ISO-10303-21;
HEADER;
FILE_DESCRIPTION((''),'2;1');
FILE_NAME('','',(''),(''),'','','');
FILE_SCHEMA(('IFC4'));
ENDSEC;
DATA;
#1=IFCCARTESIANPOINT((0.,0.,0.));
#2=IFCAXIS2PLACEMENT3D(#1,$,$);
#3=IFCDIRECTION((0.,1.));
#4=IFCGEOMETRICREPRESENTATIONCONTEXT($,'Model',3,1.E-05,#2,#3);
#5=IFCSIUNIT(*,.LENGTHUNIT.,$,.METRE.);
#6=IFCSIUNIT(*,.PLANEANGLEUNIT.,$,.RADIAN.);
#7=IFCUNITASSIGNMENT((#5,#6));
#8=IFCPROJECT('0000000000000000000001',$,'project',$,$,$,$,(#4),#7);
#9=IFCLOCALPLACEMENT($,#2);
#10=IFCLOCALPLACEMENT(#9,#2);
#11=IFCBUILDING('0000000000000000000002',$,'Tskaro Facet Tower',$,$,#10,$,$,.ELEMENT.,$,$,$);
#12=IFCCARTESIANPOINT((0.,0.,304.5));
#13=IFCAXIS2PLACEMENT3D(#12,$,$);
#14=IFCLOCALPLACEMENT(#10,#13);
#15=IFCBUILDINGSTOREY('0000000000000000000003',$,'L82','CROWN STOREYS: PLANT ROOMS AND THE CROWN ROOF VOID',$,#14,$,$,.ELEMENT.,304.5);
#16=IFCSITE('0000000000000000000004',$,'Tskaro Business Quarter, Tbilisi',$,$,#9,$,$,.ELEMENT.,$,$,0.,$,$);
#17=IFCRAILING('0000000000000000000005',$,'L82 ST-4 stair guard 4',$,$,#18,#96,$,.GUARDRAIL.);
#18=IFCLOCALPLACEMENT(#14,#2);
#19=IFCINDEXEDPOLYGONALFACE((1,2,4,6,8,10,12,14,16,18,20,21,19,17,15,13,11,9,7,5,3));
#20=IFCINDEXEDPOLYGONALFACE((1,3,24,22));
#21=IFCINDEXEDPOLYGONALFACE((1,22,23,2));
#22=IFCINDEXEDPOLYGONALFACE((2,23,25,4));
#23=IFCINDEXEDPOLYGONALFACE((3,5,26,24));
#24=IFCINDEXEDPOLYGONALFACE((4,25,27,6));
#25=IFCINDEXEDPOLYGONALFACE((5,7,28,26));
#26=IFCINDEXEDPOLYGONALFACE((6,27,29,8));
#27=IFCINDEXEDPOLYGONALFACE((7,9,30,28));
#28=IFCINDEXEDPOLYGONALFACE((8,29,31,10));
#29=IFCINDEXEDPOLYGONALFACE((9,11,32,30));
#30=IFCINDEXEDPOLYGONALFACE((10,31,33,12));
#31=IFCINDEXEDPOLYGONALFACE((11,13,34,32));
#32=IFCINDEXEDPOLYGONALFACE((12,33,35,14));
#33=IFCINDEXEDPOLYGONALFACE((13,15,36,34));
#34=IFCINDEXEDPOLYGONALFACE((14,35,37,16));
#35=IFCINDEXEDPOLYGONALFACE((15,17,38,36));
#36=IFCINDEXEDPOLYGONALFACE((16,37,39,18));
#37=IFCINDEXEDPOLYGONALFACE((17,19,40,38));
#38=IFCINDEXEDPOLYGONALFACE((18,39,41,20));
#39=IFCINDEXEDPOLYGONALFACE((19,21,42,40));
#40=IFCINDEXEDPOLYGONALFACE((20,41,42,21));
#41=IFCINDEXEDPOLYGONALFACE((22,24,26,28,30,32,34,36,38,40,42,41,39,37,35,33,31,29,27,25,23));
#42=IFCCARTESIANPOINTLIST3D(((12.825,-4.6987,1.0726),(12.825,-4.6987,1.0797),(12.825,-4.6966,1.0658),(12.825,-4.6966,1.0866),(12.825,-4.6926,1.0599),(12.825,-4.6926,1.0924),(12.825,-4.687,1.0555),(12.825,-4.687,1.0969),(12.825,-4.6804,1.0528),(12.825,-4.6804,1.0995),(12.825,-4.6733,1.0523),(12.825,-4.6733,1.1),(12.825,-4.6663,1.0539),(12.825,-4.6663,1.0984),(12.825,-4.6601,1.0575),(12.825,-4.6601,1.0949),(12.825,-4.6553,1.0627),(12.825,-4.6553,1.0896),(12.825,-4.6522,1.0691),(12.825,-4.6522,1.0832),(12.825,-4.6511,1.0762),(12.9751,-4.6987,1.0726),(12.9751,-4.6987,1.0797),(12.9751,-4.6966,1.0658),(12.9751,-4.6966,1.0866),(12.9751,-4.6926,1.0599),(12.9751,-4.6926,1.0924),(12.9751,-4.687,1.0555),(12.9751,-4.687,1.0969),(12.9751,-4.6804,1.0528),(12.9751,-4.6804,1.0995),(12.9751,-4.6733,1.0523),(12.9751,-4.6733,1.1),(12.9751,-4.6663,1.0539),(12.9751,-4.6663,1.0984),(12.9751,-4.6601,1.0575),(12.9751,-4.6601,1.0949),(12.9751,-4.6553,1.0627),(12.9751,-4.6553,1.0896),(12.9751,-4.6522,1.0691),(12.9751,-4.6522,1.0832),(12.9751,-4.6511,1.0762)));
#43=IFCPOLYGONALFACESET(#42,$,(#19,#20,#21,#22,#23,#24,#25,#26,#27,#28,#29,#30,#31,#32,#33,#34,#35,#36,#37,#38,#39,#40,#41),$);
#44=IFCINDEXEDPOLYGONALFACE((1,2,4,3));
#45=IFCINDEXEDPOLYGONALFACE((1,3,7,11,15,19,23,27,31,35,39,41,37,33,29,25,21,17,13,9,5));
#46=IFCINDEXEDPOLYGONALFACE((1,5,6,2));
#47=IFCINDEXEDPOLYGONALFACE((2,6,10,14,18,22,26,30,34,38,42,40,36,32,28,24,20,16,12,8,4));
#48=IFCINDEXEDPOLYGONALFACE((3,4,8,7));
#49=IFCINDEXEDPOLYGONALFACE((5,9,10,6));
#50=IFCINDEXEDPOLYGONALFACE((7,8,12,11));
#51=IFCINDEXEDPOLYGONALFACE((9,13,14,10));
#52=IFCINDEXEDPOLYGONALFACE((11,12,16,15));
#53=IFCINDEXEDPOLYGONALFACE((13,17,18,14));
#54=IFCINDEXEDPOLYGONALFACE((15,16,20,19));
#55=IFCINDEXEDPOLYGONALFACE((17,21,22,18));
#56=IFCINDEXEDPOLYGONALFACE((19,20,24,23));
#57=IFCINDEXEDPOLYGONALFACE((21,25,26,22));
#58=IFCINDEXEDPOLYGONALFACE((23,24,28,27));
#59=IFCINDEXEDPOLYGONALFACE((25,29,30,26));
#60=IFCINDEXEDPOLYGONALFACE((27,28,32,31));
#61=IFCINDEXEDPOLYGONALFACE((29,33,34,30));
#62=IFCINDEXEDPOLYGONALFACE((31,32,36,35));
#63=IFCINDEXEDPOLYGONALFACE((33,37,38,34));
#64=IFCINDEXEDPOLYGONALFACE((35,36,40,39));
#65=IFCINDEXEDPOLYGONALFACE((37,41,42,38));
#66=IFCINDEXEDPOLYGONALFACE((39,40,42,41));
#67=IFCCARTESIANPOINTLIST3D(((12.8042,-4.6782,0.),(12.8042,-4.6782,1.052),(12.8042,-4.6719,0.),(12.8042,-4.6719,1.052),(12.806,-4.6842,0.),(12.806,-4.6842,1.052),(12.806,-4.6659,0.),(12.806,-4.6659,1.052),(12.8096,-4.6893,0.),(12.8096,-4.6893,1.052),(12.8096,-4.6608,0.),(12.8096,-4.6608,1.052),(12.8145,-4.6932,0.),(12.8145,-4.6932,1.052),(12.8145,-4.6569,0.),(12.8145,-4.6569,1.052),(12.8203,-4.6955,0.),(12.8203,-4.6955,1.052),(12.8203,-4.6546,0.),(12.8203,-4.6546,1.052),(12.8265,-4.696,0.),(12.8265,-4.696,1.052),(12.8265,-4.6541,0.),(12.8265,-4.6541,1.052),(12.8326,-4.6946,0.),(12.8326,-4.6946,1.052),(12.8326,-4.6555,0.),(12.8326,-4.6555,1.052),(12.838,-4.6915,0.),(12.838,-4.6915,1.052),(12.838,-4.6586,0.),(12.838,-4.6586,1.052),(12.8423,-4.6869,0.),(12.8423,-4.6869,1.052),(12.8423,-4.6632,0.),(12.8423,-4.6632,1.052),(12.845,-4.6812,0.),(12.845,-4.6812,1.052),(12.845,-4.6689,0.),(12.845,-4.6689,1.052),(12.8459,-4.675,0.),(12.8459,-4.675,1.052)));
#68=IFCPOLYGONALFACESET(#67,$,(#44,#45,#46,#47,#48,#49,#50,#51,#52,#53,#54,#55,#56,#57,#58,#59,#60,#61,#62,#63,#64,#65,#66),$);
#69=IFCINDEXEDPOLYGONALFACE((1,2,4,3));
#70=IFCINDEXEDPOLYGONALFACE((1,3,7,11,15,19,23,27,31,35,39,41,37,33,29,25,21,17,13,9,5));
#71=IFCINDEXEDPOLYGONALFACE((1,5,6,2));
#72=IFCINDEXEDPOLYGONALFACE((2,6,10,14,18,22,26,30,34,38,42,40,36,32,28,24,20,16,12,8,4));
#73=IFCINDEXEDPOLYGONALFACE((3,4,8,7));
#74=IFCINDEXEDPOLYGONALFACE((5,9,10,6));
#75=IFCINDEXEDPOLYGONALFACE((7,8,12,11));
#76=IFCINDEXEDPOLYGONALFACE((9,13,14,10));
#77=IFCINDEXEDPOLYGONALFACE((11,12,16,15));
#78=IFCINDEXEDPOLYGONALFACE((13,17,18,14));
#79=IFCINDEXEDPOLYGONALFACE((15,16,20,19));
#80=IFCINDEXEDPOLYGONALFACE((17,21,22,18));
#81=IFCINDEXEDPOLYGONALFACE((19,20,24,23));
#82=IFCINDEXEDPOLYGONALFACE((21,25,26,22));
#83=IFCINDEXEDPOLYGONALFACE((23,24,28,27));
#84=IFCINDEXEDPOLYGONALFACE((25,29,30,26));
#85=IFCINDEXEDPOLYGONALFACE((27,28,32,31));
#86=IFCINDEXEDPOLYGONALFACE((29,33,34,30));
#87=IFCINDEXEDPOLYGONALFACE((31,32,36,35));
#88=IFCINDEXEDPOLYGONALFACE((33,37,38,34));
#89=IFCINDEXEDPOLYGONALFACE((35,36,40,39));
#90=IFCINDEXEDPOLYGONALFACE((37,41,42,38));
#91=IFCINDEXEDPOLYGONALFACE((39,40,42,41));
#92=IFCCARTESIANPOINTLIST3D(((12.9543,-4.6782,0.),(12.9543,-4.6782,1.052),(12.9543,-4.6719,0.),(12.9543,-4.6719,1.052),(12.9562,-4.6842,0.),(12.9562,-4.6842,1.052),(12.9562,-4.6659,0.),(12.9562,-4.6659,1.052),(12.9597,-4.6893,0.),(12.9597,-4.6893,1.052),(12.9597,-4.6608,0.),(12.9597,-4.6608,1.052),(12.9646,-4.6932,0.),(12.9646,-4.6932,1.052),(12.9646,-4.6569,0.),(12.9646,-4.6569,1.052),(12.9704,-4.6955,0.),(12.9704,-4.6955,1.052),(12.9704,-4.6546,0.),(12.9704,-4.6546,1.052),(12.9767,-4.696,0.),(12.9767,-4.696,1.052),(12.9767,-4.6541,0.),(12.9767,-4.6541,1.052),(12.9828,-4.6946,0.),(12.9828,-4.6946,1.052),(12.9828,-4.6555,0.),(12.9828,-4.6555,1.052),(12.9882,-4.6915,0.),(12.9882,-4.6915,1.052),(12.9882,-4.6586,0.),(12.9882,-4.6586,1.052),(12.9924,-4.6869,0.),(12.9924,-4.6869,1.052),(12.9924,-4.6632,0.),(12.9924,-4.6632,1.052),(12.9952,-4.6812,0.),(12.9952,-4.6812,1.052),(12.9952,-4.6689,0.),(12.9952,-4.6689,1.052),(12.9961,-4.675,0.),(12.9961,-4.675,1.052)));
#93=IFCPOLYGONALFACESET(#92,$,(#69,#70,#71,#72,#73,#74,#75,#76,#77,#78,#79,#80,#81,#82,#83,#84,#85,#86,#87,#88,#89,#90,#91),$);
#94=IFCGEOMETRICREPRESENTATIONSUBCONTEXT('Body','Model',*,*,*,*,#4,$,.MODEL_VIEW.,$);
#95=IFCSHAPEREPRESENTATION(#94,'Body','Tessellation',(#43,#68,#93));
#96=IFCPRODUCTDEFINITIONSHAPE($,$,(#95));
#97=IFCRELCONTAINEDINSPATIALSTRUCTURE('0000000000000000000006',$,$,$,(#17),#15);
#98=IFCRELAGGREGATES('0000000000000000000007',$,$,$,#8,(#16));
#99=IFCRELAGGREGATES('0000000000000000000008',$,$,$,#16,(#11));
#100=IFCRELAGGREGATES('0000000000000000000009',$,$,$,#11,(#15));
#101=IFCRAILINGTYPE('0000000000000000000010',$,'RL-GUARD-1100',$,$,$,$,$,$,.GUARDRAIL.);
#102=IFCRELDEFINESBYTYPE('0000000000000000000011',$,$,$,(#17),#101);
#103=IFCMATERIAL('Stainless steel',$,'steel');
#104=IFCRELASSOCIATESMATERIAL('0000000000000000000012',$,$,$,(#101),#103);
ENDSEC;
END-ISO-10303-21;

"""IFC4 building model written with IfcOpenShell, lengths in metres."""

from ifc_helpers import new_model, si_unit, direction, frame, origin, origin_2d, place, context, subcontext, project, spatial, circle, extrude, material, type_object, element, save


model = new_model("IFC4")

# Units and contexts
model_context = context("Model", 3, precision=1e-05, world=origin(), true_north=direction((0.0, 1.0)))
body_context = subcontext(model_context, "Body", "Model", "MODEL_VIEW")
ifc_project = project(units=[si_unit("LENGTHUNIT", "METRE"), si_unit("PLANEANGLEUNIT", "RADIAN")], contexts=[model_context])

# Site, building, storey
site_placement = place(None, origin())
site = spatial("IfcSite", under=ifc_project, at=site_placement, Name="Tskaro Business Quarter, Tbilisi", CompositionType="ELEMENT", RefElevation=0.0)
building_placement = place(site_placement, origin())
building = spatial("IfcBuilding", under=site, at=building_placement, Name="Tskaro Facet Tower", CompositionType="ELEMENT")
storey_placement = place(building_placement, frame((0.0, 0.0, 304.5)))
storey = spatial("IfcBuildingStorey", under=building, at=storey_placement, Name="L82", Description="CROWN STOREYS: PLANT ROOMS AND THE CROWN ROOF VOID", CompositionType="ELEMENT", Elevation=304.5)

# Railing
ifc_material_1 = material(Name="Stainless steel", Category="steel")
railing_type_1 = type_object("IfcRailingType", Name="RL-GUARD-1100", PredefinedType="GUARDRAIL", material=ifc_material_1)
railing_1_placement = place(storey_placement, frame((12.825, -4.675, 0.0)))
element("IfcRailing", 1, at=railing_1_placement, inside=storey, type_object=railing_type_1, Name="L82 ST-4 stair guard 4", PredefinedType="GUARDRAIL", context=body_context, shape_type="SweptSolid", body=[
    extrude(circle(Radius=0.0239, at=origin_2d()), frame((0.0, 0.0, 1.0762), z_axis=(1.0, 0.0, 0.0), x_axis=(0.0, 1.0, 0.0)), (0.0, 0.0, 1.0), 0.1501),
    extrude(circle(Radius=0.021, at=origin_2d()), origin(), (0.0, 0.0, 1.0), 1.052),
    extrude(circle(Radius=0.021, at=origin_2d()), frame((0.1501, 0.0, 0.0)), (0.0, 0.0, 1.0), 1.052),
])

save(model, "model.ifc")
